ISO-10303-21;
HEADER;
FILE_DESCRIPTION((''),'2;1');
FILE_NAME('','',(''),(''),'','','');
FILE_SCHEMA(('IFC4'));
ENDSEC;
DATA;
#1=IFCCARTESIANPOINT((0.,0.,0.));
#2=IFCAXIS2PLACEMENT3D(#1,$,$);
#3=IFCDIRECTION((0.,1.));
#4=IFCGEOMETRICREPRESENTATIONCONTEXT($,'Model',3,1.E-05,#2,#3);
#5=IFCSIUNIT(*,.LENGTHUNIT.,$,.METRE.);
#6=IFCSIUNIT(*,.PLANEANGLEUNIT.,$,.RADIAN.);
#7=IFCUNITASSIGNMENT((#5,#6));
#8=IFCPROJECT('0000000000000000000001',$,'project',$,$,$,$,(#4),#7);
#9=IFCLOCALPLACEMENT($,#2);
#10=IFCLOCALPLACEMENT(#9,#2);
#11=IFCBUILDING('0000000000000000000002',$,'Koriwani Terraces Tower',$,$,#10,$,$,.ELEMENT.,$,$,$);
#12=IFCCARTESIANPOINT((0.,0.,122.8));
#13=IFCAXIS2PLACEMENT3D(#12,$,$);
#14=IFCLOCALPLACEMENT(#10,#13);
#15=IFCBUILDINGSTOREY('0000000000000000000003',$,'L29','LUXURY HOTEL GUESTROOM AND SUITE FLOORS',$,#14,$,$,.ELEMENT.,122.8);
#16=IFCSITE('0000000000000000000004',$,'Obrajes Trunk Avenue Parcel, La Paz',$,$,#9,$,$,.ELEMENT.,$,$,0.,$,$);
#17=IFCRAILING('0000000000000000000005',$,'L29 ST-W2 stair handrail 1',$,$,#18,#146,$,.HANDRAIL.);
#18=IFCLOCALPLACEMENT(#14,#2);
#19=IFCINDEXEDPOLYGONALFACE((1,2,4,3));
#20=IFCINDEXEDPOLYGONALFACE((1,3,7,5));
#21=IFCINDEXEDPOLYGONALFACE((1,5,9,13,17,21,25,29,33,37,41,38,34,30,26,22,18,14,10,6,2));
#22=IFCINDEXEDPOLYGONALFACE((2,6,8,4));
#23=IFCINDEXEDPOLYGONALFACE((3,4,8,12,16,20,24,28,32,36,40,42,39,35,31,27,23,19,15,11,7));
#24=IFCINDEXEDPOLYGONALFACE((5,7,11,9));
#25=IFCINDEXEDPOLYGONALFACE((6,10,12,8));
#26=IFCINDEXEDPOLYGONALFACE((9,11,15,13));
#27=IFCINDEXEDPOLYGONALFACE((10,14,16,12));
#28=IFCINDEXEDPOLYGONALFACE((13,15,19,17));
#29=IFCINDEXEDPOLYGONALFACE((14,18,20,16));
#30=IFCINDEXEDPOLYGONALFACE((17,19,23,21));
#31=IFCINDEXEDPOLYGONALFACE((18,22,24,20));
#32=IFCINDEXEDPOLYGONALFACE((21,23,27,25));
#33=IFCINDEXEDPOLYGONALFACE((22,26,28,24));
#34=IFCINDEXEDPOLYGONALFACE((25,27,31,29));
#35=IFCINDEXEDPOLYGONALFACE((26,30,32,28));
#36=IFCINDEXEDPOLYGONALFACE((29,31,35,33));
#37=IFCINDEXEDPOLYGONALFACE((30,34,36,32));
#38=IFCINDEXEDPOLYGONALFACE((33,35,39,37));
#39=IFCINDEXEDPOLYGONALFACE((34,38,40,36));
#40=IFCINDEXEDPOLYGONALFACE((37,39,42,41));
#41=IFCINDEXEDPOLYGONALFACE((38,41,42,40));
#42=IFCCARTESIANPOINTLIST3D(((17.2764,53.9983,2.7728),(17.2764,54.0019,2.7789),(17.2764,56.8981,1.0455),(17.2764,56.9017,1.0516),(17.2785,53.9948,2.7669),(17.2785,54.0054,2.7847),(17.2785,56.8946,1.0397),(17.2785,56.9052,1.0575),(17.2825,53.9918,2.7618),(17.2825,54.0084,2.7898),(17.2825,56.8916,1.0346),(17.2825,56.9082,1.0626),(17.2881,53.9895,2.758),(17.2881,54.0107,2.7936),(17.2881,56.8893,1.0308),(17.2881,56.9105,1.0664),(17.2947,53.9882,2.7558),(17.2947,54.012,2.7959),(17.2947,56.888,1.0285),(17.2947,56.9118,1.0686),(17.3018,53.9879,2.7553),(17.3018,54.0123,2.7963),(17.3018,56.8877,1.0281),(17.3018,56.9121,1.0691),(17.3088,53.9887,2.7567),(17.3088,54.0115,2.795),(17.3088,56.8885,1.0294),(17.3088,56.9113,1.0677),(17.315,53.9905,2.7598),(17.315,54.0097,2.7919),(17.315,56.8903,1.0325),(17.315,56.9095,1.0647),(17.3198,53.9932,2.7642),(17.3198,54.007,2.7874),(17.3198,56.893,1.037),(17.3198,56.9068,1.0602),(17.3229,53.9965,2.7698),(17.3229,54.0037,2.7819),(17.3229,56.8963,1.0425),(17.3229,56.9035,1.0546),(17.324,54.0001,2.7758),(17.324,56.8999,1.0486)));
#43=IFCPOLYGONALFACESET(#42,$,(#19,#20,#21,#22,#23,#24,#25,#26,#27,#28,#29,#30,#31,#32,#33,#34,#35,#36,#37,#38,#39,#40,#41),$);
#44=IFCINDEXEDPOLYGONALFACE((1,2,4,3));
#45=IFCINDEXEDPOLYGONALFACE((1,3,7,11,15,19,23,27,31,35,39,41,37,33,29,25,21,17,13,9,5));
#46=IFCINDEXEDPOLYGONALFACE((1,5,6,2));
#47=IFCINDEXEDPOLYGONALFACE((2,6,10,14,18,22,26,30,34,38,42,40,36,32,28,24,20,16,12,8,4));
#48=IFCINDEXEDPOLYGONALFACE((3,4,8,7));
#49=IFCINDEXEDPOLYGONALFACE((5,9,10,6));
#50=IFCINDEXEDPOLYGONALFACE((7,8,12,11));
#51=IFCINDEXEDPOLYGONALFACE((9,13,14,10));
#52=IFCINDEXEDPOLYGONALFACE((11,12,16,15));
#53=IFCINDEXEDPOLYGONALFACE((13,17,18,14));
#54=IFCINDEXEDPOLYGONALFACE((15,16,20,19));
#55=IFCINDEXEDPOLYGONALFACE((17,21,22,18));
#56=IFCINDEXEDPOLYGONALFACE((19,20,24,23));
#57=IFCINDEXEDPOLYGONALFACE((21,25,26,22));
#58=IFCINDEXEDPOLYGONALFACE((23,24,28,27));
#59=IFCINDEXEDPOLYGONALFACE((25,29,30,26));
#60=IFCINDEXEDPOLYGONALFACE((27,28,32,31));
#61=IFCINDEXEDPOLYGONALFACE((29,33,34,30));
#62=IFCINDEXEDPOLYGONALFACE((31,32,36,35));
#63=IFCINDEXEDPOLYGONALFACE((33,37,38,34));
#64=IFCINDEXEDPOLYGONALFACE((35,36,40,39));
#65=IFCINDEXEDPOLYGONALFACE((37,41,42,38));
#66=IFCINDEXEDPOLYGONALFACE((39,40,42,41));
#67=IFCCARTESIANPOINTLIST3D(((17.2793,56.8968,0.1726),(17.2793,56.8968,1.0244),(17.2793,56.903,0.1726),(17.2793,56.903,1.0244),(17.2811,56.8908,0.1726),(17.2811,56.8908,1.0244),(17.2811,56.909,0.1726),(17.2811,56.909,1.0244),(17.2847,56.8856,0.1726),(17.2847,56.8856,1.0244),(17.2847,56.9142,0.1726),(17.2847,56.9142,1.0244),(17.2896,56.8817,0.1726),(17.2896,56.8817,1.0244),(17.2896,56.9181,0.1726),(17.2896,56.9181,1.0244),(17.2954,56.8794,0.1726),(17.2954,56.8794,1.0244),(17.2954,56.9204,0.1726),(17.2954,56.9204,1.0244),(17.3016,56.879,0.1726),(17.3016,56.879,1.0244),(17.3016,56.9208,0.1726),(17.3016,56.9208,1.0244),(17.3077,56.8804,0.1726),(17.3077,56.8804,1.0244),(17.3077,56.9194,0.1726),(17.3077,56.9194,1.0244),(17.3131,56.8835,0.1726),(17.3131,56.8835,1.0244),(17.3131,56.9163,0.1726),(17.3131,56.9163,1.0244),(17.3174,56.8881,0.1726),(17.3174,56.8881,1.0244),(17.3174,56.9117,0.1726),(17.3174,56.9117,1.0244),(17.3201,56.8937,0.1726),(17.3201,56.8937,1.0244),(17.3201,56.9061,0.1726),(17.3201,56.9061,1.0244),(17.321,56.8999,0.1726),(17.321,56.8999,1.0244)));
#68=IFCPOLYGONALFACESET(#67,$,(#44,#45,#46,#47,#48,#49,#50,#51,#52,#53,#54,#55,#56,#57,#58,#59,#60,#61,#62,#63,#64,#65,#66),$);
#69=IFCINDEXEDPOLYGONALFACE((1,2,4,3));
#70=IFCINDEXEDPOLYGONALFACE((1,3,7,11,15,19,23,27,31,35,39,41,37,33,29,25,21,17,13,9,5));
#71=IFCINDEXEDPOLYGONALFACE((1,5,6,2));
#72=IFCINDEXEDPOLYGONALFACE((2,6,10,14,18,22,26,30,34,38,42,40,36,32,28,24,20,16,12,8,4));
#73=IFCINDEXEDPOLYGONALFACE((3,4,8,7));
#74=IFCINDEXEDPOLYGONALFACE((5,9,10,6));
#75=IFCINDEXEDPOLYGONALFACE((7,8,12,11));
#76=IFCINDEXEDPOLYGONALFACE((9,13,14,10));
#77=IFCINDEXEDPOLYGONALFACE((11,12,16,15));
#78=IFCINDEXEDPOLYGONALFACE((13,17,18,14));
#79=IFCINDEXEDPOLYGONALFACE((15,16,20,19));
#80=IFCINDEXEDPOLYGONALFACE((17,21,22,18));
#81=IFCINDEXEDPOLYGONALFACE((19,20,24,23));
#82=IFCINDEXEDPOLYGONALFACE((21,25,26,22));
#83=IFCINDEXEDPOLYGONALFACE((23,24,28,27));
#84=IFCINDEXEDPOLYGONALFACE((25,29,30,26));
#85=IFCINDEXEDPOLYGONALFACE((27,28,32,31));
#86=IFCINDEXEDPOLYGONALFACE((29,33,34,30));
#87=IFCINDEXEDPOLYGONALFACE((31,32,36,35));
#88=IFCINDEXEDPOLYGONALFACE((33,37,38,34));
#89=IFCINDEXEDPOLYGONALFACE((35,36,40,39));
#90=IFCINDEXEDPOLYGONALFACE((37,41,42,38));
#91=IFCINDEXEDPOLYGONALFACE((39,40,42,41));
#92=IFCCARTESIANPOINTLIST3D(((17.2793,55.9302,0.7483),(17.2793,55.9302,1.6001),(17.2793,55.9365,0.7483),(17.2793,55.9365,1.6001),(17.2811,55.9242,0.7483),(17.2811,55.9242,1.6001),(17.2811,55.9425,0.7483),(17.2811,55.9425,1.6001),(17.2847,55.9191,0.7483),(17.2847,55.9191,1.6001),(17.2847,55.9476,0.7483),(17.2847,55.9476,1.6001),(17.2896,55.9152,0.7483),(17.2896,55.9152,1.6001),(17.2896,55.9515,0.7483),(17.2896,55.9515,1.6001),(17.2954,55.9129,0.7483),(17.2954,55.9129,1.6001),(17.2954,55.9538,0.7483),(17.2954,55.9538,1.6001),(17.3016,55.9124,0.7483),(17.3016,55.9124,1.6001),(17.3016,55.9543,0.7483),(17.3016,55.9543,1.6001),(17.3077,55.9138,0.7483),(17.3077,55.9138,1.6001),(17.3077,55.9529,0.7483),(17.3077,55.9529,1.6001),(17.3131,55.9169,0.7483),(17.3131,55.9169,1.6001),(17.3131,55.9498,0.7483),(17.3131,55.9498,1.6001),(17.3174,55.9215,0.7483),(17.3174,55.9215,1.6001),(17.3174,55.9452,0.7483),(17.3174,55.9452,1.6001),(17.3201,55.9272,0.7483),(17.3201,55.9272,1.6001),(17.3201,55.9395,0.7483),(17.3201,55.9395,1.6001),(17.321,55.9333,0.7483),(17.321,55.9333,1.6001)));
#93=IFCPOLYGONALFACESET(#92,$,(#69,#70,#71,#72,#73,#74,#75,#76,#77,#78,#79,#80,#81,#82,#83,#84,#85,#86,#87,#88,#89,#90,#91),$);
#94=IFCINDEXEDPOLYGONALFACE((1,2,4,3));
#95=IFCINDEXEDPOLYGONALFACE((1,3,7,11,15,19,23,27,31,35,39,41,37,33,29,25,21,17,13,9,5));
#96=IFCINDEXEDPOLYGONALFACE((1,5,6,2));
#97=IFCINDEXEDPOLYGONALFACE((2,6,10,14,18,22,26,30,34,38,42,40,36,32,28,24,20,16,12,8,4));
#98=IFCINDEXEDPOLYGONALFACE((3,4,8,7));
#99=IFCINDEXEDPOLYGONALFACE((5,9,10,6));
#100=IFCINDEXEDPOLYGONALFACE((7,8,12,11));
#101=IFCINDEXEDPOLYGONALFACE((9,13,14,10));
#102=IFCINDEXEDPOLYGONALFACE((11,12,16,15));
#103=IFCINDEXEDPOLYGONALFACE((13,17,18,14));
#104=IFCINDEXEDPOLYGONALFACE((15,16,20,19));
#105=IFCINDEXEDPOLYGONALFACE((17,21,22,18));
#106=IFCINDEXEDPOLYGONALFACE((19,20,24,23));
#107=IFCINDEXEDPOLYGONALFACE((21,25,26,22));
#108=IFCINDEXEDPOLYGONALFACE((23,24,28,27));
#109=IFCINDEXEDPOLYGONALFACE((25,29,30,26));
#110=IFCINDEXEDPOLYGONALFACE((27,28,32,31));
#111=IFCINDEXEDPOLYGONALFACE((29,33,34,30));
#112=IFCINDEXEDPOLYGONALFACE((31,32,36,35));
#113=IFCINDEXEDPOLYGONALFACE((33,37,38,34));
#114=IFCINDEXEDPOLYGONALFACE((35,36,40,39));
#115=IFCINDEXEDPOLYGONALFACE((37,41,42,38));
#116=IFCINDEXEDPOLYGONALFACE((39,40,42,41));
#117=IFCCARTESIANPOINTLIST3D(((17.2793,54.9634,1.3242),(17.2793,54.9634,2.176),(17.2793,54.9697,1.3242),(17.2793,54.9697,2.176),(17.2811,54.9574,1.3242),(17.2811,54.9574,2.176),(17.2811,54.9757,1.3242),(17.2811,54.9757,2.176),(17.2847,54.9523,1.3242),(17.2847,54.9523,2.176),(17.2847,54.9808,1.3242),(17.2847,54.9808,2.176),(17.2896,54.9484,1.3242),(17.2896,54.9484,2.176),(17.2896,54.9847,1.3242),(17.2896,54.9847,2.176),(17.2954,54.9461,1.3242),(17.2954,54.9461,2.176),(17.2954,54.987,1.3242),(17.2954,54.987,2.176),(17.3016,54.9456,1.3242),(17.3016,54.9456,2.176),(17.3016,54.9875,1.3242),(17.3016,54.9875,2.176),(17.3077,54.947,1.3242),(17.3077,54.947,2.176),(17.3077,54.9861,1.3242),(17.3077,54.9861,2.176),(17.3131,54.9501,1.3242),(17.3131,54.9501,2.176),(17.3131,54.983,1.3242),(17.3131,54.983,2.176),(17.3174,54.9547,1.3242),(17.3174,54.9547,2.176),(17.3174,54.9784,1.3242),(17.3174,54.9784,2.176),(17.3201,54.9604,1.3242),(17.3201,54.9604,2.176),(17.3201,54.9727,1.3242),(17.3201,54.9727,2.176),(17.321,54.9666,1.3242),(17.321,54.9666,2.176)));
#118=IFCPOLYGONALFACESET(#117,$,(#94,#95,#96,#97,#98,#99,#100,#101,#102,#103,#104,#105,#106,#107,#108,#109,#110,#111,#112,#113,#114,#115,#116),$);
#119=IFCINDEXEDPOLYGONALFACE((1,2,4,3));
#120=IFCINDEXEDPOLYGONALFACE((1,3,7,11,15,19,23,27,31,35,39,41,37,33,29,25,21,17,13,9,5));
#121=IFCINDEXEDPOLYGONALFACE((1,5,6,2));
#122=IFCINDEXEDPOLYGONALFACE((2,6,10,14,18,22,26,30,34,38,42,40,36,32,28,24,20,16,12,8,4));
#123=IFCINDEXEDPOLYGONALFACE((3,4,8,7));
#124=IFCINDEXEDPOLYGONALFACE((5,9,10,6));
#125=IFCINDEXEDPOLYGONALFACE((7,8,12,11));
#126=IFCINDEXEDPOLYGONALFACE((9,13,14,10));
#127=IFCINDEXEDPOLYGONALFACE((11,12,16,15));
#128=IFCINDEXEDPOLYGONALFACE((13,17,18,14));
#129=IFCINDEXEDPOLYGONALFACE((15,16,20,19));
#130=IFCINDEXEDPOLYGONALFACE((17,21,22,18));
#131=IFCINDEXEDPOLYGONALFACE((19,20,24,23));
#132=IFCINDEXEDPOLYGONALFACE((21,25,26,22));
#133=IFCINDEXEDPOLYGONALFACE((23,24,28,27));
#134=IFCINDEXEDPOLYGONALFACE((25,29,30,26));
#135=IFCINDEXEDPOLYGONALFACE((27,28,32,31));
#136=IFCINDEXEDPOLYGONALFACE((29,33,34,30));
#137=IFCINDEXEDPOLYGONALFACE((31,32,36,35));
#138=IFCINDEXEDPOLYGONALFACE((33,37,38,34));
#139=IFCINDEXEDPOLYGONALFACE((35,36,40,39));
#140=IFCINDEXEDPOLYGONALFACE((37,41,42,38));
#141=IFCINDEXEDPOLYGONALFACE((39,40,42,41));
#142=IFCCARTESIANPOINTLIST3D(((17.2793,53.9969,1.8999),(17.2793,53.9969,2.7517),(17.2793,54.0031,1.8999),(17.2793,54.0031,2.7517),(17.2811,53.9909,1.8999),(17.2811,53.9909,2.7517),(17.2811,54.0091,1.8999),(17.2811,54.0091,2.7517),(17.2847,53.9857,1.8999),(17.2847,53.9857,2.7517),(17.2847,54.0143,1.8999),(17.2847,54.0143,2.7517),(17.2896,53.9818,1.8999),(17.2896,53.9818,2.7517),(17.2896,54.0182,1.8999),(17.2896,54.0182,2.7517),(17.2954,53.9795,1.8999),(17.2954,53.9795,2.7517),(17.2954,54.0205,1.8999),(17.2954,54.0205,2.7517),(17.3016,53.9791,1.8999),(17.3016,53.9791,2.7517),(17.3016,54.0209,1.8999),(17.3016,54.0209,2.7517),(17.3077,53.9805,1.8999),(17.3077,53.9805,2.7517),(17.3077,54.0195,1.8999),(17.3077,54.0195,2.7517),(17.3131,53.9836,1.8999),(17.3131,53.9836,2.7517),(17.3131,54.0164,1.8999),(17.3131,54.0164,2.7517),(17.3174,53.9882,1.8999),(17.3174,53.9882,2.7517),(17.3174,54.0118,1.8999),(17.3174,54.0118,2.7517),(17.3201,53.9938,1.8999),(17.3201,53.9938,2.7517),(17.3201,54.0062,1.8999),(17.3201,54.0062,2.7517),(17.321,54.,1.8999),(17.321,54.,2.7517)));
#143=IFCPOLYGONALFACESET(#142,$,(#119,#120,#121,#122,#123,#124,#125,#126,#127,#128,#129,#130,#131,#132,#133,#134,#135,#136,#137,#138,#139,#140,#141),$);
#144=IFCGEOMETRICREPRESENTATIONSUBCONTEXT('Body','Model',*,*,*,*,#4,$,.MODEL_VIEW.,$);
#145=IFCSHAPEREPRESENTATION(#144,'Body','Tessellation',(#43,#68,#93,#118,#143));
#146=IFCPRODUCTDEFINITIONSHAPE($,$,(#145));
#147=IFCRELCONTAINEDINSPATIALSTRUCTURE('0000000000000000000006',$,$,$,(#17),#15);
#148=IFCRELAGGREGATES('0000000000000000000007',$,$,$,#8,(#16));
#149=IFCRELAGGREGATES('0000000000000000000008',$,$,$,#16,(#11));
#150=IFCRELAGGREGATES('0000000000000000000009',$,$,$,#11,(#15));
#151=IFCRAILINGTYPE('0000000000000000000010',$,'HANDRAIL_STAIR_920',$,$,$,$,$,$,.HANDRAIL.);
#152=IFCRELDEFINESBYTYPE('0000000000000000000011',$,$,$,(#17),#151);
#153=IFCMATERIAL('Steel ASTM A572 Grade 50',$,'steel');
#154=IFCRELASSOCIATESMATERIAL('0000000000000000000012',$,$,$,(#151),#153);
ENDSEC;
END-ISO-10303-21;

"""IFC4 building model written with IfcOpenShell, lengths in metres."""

from ifc_helpers import new_model, si_unit, direction, frame, origin, origin_2d, place, context, subcontext, project, spatial, circle, extrude, material, type_object, element, save


model = new_model("IFC4")

# Units and contexts
model_context = context("Model", 3, precision=1e-05, world=origin(), true_north=direction((0.0, 1.0)))
body_context = subcontext(model_context, "Body", "Model", "MODEL_VIEW")
ifc_project = project(units=[si_unit("LENGTHUNIT", "METRE"), si_unit("PLANEANGLEUNIT", "RADIAN")], contexts=[model_context])

# Site, building, storey
site_placement = place(None, origin())
site = spatial("IfcSite", under=ifc_project, at=site_placement, Name="Obrajes Trunk Avenue Parcel, La Paz", CompositionType="ELEMENT", RefElevation=0.0)
building_placement = place(site_placement, origin())
building = spatial("IfcBuilding", under=site, at=building_placement, Name="Koriwani Terraces Tower", CompositionType="ELEMENT")
storey_placement = place(building_placement, frame((0.0, 0.0, 122.8)))
storey = spatial("IfcBuildingStorey", under=building, at=storey_placement, Name="L29", Description="LUXURY HOTEL GUESTROOM AND SUITE FLOORS", CompositionType="ELEMENT", Elevation=122.8)

# Shared definitions
ifc_material_1 = material(Name="Steel ASTM A572 Grade 50", Category="steel")

# Railing
railing_type_1 = type_object("IfcRailingType", Name="HANDRAIL_STAIR_920", PredefinedType="HANDRAIL", material=ifc_material_1)
for number, where, name in (
    (1, (17.3, 56.8999, 0.1726), "L29 ST-W2 stair handrail 1"),
):
    element("IfcRailing", number, at=place(storey_placement, frame(where)), inside=storey, type_object=railing_type_1, Name=name, PredefinedType="HANDRAIL", context=body_context, shape_type="SweptSolid", body=[
        extrude(circle(Radius=0.0239, at=origin_2d()), frame((0.0, 0.0, 0.876), z_axis=(0.0, -0.859141, 0.511738), x_axis=(1.0, 0.0, 0.0)), (0.0, 0.0, 1.0), 3.3752),
        extrude(circle(Radius=0.021, at=origin_2d()), origin(), (0.0, 0.0, 1.0), 0.8518),
        extrude(circle(Radius=0.021, at=origin_2d()), frame((0.0, -0.9666, 0.5757)), (0.0, 0.0, 1.0), 0.8518),
        extrude(circle(Radius=0.021, at=origin_2d()), frame((0.0, -1.9333, 1.1516)), (0.0, 0.0, 1.0), 0.8518),
        extrude(circle(Radius=0.021, at=origin_2d()), frame((0.0, -2.8999, 1.7273)), (0.0, 0.0, 1.0), 0.8518),
    ])

save(model, "model.ifc")
